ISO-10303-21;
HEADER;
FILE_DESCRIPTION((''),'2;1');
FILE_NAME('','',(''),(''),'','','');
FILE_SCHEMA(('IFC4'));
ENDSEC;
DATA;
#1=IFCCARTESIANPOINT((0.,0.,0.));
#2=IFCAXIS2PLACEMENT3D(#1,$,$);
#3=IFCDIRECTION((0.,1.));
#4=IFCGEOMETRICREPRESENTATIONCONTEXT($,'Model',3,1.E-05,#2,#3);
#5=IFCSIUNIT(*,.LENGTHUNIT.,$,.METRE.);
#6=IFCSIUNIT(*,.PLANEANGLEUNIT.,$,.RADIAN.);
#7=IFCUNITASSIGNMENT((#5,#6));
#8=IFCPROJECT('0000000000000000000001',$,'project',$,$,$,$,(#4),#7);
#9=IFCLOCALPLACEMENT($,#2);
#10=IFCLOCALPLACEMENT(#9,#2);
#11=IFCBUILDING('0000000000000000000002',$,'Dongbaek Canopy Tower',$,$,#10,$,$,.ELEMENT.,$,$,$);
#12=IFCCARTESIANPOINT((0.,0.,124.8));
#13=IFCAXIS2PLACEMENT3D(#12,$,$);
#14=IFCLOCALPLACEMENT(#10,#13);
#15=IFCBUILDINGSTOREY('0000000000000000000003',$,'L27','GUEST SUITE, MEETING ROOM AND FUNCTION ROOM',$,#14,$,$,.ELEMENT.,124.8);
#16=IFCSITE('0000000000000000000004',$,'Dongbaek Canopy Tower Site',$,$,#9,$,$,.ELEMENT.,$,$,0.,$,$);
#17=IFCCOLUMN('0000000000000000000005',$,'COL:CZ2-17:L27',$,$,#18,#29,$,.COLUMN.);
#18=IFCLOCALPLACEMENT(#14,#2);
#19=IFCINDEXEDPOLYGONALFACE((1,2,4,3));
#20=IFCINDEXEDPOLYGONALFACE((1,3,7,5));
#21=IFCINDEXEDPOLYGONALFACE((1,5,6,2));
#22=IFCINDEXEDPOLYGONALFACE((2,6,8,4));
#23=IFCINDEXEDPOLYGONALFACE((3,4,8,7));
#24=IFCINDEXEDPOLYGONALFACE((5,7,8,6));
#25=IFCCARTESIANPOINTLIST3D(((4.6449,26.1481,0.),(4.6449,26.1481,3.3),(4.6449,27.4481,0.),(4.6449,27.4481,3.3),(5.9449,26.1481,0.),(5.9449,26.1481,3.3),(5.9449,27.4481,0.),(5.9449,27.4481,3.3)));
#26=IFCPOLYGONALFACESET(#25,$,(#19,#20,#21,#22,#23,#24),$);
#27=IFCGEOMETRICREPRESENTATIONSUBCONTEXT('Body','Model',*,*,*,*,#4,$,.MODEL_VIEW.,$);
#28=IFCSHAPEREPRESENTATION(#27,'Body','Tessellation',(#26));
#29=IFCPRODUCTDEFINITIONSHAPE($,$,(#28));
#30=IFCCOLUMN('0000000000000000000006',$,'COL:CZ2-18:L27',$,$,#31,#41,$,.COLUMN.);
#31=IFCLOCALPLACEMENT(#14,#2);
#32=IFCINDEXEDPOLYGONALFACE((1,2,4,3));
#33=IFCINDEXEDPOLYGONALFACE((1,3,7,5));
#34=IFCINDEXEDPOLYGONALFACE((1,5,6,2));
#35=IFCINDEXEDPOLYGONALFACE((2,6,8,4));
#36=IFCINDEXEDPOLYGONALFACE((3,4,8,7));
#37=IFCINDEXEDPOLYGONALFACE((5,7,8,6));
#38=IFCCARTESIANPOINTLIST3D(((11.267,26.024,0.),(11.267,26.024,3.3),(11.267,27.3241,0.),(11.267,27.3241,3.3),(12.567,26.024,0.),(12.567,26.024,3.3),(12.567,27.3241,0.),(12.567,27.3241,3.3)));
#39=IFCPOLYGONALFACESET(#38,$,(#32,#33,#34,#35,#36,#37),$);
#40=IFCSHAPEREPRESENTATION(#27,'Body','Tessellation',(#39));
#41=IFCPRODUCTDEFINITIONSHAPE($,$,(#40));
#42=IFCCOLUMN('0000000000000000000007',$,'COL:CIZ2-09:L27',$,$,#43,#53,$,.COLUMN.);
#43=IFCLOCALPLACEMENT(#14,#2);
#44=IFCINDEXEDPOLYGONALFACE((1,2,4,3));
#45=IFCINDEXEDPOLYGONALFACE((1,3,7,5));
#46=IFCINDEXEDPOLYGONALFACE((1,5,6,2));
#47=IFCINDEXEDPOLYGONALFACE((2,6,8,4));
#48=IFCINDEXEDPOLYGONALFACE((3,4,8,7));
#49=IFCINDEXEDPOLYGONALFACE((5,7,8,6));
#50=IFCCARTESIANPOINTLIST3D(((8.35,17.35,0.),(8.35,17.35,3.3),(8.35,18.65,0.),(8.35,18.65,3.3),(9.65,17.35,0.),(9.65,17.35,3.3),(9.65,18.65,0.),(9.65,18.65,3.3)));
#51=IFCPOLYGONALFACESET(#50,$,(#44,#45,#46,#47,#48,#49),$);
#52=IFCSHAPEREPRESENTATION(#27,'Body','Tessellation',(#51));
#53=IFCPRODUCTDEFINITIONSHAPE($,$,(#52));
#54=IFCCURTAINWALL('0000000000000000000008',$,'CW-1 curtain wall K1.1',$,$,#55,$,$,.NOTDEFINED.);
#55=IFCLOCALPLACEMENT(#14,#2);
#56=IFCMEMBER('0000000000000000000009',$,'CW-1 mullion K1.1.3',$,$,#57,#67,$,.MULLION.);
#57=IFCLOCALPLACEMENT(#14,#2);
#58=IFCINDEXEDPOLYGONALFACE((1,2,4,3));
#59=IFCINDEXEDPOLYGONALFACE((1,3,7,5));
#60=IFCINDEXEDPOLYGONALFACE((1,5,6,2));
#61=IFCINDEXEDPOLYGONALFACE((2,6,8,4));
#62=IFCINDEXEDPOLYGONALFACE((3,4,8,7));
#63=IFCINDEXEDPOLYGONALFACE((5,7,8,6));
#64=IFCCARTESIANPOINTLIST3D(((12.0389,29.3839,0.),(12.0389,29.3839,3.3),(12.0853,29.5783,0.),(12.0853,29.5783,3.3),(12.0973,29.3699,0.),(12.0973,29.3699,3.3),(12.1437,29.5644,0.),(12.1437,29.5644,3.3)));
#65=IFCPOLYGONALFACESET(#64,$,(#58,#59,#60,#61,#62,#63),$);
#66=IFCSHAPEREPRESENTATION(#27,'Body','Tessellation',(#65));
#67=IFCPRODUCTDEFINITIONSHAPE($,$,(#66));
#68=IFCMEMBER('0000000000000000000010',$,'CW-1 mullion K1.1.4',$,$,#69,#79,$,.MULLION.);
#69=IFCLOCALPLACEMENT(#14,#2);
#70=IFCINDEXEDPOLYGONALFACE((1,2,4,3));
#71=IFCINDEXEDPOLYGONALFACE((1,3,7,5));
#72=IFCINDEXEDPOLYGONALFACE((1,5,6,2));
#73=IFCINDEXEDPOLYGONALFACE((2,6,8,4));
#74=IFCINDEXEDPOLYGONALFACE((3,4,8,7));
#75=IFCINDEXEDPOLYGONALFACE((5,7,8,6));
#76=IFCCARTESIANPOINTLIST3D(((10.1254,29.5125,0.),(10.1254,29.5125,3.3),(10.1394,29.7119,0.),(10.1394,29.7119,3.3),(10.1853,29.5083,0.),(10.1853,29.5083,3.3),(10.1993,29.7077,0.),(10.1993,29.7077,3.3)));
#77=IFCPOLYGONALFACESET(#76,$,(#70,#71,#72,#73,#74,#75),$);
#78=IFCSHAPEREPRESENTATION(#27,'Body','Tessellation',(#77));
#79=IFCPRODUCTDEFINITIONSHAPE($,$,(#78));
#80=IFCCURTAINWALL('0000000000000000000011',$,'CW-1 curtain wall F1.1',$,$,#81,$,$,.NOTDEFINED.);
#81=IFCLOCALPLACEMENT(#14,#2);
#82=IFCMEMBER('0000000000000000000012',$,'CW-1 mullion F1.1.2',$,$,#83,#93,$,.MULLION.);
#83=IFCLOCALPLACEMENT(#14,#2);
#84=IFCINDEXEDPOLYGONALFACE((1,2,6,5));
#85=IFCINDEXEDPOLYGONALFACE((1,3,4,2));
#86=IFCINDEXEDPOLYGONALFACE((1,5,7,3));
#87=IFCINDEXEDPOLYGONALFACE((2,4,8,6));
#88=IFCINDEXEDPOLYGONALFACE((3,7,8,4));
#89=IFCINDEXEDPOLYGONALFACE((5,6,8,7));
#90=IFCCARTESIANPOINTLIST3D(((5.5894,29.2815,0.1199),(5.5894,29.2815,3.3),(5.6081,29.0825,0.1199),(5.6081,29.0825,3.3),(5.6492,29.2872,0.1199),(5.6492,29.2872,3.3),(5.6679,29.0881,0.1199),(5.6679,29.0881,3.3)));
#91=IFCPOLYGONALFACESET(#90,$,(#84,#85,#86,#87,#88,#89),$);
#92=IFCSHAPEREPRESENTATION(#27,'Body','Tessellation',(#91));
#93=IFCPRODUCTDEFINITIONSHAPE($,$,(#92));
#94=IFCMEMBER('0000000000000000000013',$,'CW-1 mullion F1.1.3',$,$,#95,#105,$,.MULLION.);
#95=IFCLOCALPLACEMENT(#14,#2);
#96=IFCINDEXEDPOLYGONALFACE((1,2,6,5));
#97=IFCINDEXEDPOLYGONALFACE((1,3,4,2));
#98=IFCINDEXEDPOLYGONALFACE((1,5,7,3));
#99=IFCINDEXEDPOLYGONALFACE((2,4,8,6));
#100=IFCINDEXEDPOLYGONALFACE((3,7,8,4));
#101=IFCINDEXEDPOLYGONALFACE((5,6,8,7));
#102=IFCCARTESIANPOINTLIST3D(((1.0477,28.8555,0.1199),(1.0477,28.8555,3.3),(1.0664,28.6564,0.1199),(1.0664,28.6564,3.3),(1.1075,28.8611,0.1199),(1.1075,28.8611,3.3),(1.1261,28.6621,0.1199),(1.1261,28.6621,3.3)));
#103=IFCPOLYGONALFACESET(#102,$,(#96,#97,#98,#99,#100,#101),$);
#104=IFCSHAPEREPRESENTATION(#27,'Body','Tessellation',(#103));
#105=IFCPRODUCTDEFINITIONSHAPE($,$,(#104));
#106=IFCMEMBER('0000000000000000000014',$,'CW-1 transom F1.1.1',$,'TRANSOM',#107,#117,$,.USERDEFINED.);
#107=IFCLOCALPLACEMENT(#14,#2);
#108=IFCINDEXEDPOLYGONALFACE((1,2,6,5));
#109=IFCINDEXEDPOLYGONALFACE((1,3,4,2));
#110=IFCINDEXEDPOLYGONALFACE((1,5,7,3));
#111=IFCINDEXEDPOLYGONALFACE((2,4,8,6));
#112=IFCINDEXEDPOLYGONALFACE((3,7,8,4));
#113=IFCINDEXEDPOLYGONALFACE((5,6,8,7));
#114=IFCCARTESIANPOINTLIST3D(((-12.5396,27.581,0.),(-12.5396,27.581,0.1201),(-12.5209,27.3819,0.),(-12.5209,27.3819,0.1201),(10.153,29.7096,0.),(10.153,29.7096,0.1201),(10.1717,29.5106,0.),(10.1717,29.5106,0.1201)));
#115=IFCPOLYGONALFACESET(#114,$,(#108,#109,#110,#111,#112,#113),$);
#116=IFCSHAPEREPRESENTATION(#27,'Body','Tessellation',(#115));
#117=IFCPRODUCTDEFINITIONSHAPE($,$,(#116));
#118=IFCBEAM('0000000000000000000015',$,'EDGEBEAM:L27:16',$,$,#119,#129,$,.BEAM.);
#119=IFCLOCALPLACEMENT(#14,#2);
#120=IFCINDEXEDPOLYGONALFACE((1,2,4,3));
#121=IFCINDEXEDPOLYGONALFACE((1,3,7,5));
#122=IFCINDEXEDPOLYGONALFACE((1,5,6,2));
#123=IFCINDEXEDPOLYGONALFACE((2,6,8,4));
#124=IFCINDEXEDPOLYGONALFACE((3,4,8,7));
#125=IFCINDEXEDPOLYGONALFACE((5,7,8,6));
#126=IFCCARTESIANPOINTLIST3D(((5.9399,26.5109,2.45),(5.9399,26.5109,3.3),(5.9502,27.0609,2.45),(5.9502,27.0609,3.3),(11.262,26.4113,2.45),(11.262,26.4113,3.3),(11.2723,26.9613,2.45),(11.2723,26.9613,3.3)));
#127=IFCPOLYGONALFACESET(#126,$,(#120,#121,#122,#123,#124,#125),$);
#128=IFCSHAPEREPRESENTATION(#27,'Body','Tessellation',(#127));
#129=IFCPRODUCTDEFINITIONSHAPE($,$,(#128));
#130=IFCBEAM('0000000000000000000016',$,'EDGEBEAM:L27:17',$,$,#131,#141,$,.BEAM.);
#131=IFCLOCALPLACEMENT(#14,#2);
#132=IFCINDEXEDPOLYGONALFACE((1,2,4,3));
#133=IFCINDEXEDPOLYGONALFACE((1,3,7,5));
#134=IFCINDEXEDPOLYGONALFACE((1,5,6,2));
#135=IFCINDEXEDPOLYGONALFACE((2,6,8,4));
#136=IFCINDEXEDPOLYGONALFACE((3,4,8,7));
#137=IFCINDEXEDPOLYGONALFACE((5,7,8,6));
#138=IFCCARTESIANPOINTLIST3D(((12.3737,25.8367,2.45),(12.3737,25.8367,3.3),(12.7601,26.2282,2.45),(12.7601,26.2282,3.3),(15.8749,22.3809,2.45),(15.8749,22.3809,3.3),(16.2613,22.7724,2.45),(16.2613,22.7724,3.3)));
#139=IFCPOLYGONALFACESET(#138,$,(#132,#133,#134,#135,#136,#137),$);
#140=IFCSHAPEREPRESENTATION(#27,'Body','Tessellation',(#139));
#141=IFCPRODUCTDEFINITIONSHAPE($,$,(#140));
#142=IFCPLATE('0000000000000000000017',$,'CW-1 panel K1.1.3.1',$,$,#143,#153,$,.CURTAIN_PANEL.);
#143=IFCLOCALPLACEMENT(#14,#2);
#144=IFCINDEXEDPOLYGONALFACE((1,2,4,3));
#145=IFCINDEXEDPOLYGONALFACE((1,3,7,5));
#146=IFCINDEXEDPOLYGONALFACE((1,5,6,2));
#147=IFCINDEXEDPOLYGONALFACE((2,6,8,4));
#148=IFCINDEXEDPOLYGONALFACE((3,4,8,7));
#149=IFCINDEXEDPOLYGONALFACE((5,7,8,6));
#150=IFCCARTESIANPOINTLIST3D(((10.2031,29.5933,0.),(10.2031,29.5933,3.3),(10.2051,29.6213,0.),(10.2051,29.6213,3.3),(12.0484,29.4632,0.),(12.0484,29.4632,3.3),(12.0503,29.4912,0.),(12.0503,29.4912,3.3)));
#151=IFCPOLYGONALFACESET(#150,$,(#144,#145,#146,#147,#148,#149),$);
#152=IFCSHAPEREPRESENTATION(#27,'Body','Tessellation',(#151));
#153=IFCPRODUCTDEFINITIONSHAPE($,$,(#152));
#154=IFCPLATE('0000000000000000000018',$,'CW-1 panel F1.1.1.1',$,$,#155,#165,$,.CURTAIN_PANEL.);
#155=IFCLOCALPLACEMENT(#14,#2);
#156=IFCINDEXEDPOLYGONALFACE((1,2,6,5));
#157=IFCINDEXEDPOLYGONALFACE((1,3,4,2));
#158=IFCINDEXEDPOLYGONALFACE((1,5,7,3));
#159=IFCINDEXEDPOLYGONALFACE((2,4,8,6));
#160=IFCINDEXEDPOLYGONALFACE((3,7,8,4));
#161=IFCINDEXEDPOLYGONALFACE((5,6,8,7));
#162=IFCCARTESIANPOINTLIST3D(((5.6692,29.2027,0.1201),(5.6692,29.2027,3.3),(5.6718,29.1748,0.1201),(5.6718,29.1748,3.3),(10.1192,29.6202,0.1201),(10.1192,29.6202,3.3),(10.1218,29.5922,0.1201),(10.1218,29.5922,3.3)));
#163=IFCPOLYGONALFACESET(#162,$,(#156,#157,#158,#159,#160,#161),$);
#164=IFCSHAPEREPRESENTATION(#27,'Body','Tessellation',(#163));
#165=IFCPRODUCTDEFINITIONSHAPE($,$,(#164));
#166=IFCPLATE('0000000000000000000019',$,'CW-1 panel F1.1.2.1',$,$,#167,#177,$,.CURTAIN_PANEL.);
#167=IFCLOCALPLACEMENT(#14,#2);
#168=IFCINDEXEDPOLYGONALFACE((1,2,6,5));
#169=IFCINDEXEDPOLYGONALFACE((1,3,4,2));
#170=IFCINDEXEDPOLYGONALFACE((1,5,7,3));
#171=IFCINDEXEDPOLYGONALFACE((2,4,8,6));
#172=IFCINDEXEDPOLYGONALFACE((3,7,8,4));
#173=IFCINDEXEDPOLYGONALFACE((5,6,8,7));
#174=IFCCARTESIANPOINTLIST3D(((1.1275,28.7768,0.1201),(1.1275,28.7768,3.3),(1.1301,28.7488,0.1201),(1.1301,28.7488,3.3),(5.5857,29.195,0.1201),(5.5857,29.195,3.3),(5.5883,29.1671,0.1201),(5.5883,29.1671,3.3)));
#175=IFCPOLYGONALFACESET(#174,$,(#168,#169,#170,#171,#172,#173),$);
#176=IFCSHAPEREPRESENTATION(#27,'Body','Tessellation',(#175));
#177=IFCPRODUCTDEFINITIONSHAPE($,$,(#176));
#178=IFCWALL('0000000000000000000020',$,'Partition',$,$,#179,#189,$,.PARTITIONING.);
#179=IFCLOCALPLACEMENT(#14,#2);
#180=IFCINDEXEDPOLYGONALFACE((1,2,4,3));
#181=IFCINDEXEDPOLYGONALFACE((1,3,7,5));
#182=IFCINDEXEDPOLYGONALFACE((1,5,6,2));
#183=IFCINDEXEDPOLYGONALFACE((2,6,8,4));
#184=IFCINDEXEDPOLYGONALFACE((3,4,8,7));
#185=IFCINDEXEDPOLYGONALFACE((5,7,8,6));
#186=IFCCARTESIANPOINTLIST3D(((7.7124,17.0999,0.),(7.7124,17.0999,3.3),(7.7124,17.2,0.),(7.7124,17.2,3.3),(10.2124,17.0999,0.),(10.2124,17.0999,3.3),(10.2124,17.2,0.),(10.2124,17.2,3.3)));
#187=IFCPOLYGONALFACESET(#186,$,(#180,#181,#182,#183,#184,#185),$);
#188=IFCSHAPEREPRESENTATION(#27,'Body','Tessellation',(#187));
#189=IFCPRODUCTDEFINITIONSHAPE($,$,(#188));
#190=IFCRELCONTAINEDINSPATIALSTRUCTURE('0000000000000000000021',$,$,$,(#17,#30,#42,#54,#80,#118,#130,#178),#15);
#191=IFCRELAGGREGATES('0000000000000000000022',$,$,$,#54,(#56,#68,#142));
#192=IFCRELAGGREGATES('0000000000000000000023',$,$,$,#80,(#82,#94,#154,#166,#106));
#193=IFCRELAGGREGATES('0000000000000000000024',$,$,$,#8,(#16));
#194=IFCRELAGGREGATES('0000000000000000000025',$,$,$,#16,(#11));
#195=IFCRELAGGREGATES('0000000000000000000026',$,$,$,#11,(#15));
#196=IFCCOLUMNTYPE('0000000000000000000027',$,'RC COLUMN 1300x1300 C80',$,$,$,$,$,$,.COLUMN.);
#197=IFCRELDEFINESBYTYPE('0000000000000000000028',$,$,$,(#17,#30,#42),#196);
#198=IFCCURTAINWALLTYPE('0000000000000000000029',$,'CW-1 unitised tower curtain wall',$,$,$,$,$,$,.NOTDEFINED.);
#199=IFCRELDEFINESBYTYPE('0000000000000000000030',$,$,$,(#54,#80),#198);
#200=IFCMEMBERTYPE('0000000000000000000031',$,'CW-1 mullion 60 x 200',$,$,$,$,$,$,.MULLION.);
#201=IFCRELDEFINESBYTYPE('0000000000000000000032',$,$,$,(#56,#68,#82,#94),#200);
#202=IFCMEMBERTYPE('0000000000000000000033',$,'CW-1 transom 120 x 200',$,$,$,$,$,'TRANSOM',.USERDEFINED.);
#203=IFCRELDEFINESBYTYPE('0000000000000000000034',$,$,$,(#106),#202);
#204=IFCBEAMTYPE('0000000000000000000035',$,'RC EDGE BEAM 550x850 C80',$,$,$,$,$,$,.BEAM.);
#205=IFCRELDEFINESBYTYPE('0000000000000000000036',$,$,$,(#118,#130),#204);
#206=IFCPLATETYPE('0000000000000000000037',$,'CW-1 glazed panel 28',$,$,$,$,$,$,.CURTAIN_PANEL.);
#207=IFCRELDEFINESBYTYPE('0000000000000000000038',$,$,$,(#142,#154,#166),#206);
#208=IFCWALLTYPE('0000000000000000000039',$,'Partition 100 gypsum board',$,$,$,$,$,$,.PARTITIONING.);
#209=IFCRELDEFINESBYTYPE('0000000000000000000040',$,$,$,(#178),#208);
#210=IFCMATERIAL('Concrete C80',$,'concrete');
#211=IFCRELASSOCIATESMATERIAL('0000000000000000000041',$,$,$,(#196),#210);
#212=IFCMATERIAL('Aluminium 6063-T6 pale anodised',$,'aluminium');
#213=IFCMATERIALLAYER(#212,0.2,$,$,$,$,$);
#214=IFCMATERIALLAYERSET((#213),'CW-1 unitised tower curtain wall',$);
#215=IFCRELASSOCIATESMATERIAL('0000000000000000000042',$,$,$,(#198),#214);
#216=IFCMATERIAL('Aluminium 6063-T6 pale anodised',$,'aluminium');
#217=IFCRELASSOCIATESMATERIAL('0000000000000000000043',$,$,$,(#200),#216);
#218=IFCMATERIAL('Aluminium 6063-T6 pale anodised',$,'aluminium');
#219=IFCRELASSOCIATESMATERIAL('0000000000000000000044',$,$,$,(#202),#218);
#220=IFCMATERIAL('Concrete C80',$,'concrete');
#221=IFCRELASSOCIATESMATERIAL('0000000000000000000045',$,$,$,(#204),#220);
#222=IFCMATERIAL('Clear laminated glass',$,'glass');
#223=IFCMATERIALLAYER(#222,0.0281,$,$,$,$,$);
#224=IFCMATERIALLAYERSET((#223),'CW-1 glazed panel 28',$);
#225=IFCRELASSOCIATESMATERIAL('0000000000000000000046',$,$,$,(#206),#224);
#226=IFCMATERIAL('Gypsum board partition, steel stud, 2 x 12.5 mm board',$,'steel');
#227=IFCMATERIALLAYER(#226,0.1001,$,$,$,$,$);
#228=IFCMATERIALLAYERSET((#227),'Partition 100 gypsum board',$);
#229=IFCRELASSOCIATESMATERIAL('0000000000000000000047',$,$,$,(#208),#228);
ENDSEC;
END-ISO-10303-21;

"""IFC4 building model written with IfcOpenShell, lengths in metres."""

from ifc_helpers import new_model, si_unit, direction, frame, frame_2d, origin, origin_2d, place, context, subcontext, project, spatial, rectangle, extrude, material, layer, layer_set, material_profile, profile_set, type_object, element, aggregate, save


model = new_model("IFC4")

# Units and contexts
model_context = context("Model", 3, precision=1e-05, world=origin(), true_north=direction((0.0, 1.0)))
body_context = subcontext(model_context, "Body", "Model", "MODEL_VIEW")
ifc_project = project(units=[si_unit("LENGTHUNIT", "METRE"), si_unit("PLANEANGLEUNIT", "RADIAN")], contexts=[model_context])

# Site, building, storey
site_placement = place(None, origin())
site = spatial("IfcSite", under=ifc_project, at=site_placement, Name="Dongbaek Canopy Tower Site", CompositionType="ELEMENT", RefElevation=0.0)
building_placement = place(site_placement, origin())
building = spatial("IfcBuilding", under=site, at=building_placement, Name="Dongbaek Canopy Tower", CompositionType="ELEMENT")
storey_placement = place(building_placement, frame((0.0, 0.0, 124.8)))
storey = spatial("IfcBuildingStorey", under=building, at=storey_placement, Name="L27", Description="GUEST SUITE, MEETING ROOM AND FUNCTION ROOM", CompositionType="ELEMENT", Elevation=124.8)

# Columns
ifc_material_1 = material(Name="Concrete C80", Category="concrete")
ifc_material_profile_1 = material_profile(ifc_material_1, rectangle(XDim=1.3, YDim=1.3, at=origin_2d()), Name="RC COLUMN 1300x1300 C80")
ifc_profile_set_1 = profile_set([ifc_material_profile_1], Name="Concrete C80")
column_type = type_object("IfcColumnType", Name="RC COLUMN 1300x1300 C80", PredefinedType="COLUMN", material=ifc_profile_set_1)
for number, where, z_axis, x_axis, name in (
    (1, (5.2949, 26.7981, 0.0), (0.0, 0.0, 1.0), (1.0, 0.0, 0.0), "COL:CZ2-17:L27"),
    (2, (11.917, 26.6741, 0.0), (0.0, 0.0, 1.0), (1.0, 0.0, 0.0), "COL:CZ2-18:L27"),
    (3, (9.0, 18.0, 0.0), (0.0, 0.0, 1.0), (1.0, 0.0, 0.0), "COL:CIZ2-09:L27"),
):
    element("IfcColumn", number, at=place(storey_placement, frame(where, z_axis=z_axis, x_axis=x_axis)), inside=storey, type_object=column_type, Name=name, PredefinedType="COLUMN", context=body_context, shape_type="SweptSolid", body=[
        extrude(rectangle(XDim=1.3, YDim=1.3, at=origin_2d()), origin(), (0.0, 0.0, 1.0), 3.3),
    ])

# Curtain walls, members
ifc_material_2 = material(Name="Aluminium 6063-T6 pale anodised", Category="aluminium")
ifc_layer_1 = layer(ifc_material_2, 0.2)
ifc_layer_set_1 = layer_set([ifc_layer_1], Name="CW-1 unitised tower curtain wall")
curtain_wall_type = type_object("IfcCurtainWallType", Name="CW-1 unitised tower curtain wall", PredefinedType="NOTDEFINED", material=ifc_layer_set_1)
curtain_wall_1_placement = place(storey_placement, origin())
curtain_wall_1 = element("IfcCurtainWall", 4, at=curtain_wall_1_placement, inside=storey, type_object=curtain_wall_type, Name="CW-1 curtain wall K1.1", PredefinedType="NOTDEFINED")
ifc_material_3 = material(Name="Aluminium 6063-T6 pale anodised", Category="aluminium")
ifc_material_profile_2 = material_profile(ifc_material_3, rectangle(XDim=0.2, YDim=0.0601, at=origin_2d()), Name="CW-1 mullion 60 x 200")
ifc_profile_set_2 = profile_set([ifc_material_profile_2], Name="Aluminium 6063-T6 pale anodised")
member_type_1 = type_object("IfcMemberType", Name="CW-1 mullion 60 x 200", PredefinedType="MULLION", material=ifc_profile_set_2)
member_1_placement = place(storey_placement, frame((12.0913, 29.4741, 0.0), z_axis=(0.0, 0.0, 1.0), x_axis=(0.232218, 0.972664, 0.0)))
member_1 = element("IfcMember", 5, at=member_1_placement, type_object=member_type_1, Name="CW-1 mullion K1.1.3", PredefinedType="MULLION", context=body_context, shape_type="SweptSolid", body=[
    extrude(rectangle(XDim=0.2, YDim=0.0601, at=origin_2d()), origin(), (0.0, 0.0, 1.0), 3.3),
])
member_2_placement = place(storey_placement, frame((10.1624, 29.6101, 0.0), z_axis=(0.0, 0.0, 1.0), x_axis=(0.070354, 0.997522, 0.0)))
member_2 = element("IfcMember", 6, at=member_2_placement, type_object=member_type_1, Name="CW-1 mullion K1.1.4", PredefinedType="MULLION", context=body_context, shape_type="SweptSolid", body=[
    extrude(rectangle(XDim=0.2, YDim=0.0601, at=origin_2d()), origin(), (0.0, 0.0, 1.0), 3.3),
])
curtain_wall_2_placement = place(storey_placement, origin())
curtain_wall_2 = element("IfcCurtainWall", 7, at=curtain_wall_2_placement, inside=storey, type_object=curtain_wall_type, Name="CW-1 curtain wall F1.1", PredefinedType="NOTDEFINED")
member_3_placement = place(storey_placement, frame((5.6287, 29.1848, 0.1199), z_axis=(0.0, 0.0, 1.0), x_axis=(-0.093398, 0.995629, 0.0)))
member_3 = element("IfcMember", 8, at=member_3_placement, type_object=member_type_1, Name="CW-1 mullion F1.1.2", PredefinedType="MULLION", context=body_context, shape_type="SweptSolid", body=[
    extrude(rectangle(XDim=0.2, YDim=0.0601, at=origin_2d()), origin(), (0.0, 0.0, 1.0), 3.1802),
])
member_4_placement = place(storey_placement, frame((1.0869, 28.7588, 0.1199), z_axis=(0.0, 0.0, 1.0), x_axis=(-0.093398, 0.995629, 0.0)))
member_4 = element("IfcMember", 9, at=member_4_placement, type_object=member_type_1, Name="CW-1 mullion F1.1.3", PredefinedType="MULLION", context=body_context, shape_type="SweptSolid", body=[
    extrude(rectangle(XDim=0.2, YDim=0.0601, at=origin_2d()), origin(), (0.0, 0.0, 1.0), 3.1802),
])
ifc_material_4 = material(Name="Aluminium 6063-T6 pale anodised", Category="aluminium")
ifc_material_profile_3 = material_profile(ifc_material_4, rectangle(XDim=0.2, YDim=0.1201, at=origin_2d()), Name="CW-1 transom 120 x 200")
ifc_profile_set_3 = profile_set([ifc_material_profile_3], Name="Aluminium 6063-T6 pale anodised")
member_type_2 = type_object("IfcMemberType", Name="CW-1 transom 120 x 200", ElementType="TRANSOM", PredefinedType="USERDEFINED", material=ifc_profile_set_3)
member_5_placement = place(storey_placement, frame((10.1624, 29.6101, 0.0601), z_axis=(-0.995629, -0.093394, 0.0), x_axis=(0.093394, -0.995629, 0.0)))
member_5 = element("IfcMember", 10, at=member_5_placement, type_object=member_type_2, Name="CW-1 transom F1.1.1", ObjectType="TRANSOM", PredefinedType="USERDEFINED", context=body_context, shape_type="SweptSolid", body=[
    extrude(rectangle(XDim=0.2, YDim=0.1201, at=origin_2d()), origin(), (0.0, 0.0, 1.0), 22.7922),
])

# Beams
ifc_material_5 = material(Name="Concrete C80", Category="concrete")
ifc_material_profile_4 = material_profile(ifc_material_5, rectangle(XDim=0.55, YDim=0.8501, at=origin_2d()), Name="RC EDGE BEAM 550x850 C80")
ifc_profile_set_4 = profile_set([ifc_material_profile_4], Name="Concrete C80")
beam_type = type_object("IfcBeamType", Name="RC EDGE BEAM 550x850 C80", PredefinedType="BEAM", material=ifc_profile_set_4)
beam_1_placement = place(storey_placement, frame((5.9451, 26.7859, 2.875), z_axis=(0.999825, -0.018713, 0.0), x_axis=(0.018713, 0.999825, 0.0)))
element("IfcBeam", 11, at=beam_1_placement, inside=storey, type_object=beam_type, Name="EDGEBEAM:L27:16", PredefinedType="BEAM", context=body_context, shape_type="SweptSolid", body=[
    extrude(rectangle(XDim=0.55, YDim=0.8501, at=origin_2d()), origin(), (0.0, 0.0, 1.0), 5.323),
])
beam_2_placement = place(storey_placement, frame((12.5669, 26.0325, 2.875), z_axis=(0.711707, -0.702476, 0.0), x_axis=(0.702476, 0.711707, 0.0)))
element("IfcBeam", 12, at=beam_2_placement, inside=storey, type_object=beam_type, Name="EDGEBEAM:L27:17", PredefinedType="BEAM", context=body_context, shape_type="SweptSolid", body=[
    extrude(rectangle(XDim=0.55, YDim=0.8501, at=origin_2d()), origin(), (0.0, 0.0, 1.0), 4.9194),
])

# Plates
ifc_material_6 = material(Name="Clear laminated glass", Category="glass")
ifc_layer_2 = layer(ifc_material_6, 0.0281)
ifc_layer_set_2 = layer_set([ifc_layer_2], Name="CW-1 glazed panel 28")
plate_type = type_object("IfcPlateType", Name="CW-1 glazed panel 28", PredefinedType="CURTAIN_PANEL", material=ifc_layer_set_2)
plate_1_placement = place(storey_placement, frame((11.1267, 29.5422, 0.0), z_axis=(0.0, 0.0, 1.0), x_axis=(-0.997522, 0.070354, 0.0)))
plate_1 = element("IfcPlate", 13, at=plate_1_placement, type_object=plate_type, Name="CW-1 panel K1.1.3.1", PredefinedType="CURTAIN_PANEL", context=body_context, shape_type="SweptSolid", body=[
    extrude(rectangle(XDim=1.8499, YDim=0.0281, at=origin_2d()), origin(), (0.0, 0.0, 1.0), 3.3),
])
aggregate(curtain_wall_1, [member_1, member_2, plate_1])
plate_2_placement = place(storey_placement, frame((7.8955, 29.3975, 0.1201), z_axis=(0.0, 0.0, 1.0), x_axis=(-0.995629, -0.093398, 0.0)))
plate_2 = element("IfcPlate", 14, at=plate_2_placement, type_object=plate_type, Name="CW-1 panel F1.1.1.1", PredefinedType="CURTAIN_PANEL", context=body_context, shape_type="SweptSolid", body=[
    extrude(rectangle(XDim=4.4695, YDim=0.0281, at=origin_2d()), origin(), (0.0, 0.0, 1.0), 3.1799),
])
plate_3_placement = place(storey_placement, frame((3.3579, 28.9719, 0.1201), z_axis=(0.0, 0.0, 1.0), x_axis=(-0.995629, -0.093398, 0.0)))
plate_3 = element("IfcPlate", 15, at=plate_3_placement, type_object=plate_type, Name="CW-1 panel F1.1.2.1", PredefinedType="CURTAIN_PANEL", context=body_context, shape_type="SweptSolid", body=[
    extrude(rectangle(XDim=4.4778, YDim=0.0281, at=origin_2d()), origin(), (0.0, 0.0, 1.0), 3.1799),
])

# Wall
ifc_material_7 = material(Name="Gypsum board partition, steel stud, 2 x 12.5 mm board", Category="steel")
ifc_layer_3 = layer(ifc_material_7, 0.1001)
ifc_layer_set_3 = layer_set([ifc_layer_3], Name="Partition 100 gypsum board")
wall_type = type_object("IfcWallType", Name="Partition 100 gypsum board", PredefinedType="PARTITIONING", material=ifc_layer_set_3)
wall_1_placement = place(storey_placement, frame((7.7124, 17.1499, 0.0), z_axis=(0.0, 0.0, 1.0), x_axis=(1.0, 0.0, 0.0)))
element("IfcWall", 16, at=wall_1_placement, inside=storey, type_object=wall_type, Name="Partition", PredefinedType="PARTITIONING", context=body_context, shape_type="SweptSolid", body=[
    extrude(rectangle(XDim=2.5, YDim=0.1001, at=frame_2d((1.25, 0.0))), origin(), (0.0, 0.0, 1.0), 3.3),
])

aggregate(curtain_wall_2, [member_3, member_4, plate_2, plate_3, member_5])

save(model, "model.ifc")
